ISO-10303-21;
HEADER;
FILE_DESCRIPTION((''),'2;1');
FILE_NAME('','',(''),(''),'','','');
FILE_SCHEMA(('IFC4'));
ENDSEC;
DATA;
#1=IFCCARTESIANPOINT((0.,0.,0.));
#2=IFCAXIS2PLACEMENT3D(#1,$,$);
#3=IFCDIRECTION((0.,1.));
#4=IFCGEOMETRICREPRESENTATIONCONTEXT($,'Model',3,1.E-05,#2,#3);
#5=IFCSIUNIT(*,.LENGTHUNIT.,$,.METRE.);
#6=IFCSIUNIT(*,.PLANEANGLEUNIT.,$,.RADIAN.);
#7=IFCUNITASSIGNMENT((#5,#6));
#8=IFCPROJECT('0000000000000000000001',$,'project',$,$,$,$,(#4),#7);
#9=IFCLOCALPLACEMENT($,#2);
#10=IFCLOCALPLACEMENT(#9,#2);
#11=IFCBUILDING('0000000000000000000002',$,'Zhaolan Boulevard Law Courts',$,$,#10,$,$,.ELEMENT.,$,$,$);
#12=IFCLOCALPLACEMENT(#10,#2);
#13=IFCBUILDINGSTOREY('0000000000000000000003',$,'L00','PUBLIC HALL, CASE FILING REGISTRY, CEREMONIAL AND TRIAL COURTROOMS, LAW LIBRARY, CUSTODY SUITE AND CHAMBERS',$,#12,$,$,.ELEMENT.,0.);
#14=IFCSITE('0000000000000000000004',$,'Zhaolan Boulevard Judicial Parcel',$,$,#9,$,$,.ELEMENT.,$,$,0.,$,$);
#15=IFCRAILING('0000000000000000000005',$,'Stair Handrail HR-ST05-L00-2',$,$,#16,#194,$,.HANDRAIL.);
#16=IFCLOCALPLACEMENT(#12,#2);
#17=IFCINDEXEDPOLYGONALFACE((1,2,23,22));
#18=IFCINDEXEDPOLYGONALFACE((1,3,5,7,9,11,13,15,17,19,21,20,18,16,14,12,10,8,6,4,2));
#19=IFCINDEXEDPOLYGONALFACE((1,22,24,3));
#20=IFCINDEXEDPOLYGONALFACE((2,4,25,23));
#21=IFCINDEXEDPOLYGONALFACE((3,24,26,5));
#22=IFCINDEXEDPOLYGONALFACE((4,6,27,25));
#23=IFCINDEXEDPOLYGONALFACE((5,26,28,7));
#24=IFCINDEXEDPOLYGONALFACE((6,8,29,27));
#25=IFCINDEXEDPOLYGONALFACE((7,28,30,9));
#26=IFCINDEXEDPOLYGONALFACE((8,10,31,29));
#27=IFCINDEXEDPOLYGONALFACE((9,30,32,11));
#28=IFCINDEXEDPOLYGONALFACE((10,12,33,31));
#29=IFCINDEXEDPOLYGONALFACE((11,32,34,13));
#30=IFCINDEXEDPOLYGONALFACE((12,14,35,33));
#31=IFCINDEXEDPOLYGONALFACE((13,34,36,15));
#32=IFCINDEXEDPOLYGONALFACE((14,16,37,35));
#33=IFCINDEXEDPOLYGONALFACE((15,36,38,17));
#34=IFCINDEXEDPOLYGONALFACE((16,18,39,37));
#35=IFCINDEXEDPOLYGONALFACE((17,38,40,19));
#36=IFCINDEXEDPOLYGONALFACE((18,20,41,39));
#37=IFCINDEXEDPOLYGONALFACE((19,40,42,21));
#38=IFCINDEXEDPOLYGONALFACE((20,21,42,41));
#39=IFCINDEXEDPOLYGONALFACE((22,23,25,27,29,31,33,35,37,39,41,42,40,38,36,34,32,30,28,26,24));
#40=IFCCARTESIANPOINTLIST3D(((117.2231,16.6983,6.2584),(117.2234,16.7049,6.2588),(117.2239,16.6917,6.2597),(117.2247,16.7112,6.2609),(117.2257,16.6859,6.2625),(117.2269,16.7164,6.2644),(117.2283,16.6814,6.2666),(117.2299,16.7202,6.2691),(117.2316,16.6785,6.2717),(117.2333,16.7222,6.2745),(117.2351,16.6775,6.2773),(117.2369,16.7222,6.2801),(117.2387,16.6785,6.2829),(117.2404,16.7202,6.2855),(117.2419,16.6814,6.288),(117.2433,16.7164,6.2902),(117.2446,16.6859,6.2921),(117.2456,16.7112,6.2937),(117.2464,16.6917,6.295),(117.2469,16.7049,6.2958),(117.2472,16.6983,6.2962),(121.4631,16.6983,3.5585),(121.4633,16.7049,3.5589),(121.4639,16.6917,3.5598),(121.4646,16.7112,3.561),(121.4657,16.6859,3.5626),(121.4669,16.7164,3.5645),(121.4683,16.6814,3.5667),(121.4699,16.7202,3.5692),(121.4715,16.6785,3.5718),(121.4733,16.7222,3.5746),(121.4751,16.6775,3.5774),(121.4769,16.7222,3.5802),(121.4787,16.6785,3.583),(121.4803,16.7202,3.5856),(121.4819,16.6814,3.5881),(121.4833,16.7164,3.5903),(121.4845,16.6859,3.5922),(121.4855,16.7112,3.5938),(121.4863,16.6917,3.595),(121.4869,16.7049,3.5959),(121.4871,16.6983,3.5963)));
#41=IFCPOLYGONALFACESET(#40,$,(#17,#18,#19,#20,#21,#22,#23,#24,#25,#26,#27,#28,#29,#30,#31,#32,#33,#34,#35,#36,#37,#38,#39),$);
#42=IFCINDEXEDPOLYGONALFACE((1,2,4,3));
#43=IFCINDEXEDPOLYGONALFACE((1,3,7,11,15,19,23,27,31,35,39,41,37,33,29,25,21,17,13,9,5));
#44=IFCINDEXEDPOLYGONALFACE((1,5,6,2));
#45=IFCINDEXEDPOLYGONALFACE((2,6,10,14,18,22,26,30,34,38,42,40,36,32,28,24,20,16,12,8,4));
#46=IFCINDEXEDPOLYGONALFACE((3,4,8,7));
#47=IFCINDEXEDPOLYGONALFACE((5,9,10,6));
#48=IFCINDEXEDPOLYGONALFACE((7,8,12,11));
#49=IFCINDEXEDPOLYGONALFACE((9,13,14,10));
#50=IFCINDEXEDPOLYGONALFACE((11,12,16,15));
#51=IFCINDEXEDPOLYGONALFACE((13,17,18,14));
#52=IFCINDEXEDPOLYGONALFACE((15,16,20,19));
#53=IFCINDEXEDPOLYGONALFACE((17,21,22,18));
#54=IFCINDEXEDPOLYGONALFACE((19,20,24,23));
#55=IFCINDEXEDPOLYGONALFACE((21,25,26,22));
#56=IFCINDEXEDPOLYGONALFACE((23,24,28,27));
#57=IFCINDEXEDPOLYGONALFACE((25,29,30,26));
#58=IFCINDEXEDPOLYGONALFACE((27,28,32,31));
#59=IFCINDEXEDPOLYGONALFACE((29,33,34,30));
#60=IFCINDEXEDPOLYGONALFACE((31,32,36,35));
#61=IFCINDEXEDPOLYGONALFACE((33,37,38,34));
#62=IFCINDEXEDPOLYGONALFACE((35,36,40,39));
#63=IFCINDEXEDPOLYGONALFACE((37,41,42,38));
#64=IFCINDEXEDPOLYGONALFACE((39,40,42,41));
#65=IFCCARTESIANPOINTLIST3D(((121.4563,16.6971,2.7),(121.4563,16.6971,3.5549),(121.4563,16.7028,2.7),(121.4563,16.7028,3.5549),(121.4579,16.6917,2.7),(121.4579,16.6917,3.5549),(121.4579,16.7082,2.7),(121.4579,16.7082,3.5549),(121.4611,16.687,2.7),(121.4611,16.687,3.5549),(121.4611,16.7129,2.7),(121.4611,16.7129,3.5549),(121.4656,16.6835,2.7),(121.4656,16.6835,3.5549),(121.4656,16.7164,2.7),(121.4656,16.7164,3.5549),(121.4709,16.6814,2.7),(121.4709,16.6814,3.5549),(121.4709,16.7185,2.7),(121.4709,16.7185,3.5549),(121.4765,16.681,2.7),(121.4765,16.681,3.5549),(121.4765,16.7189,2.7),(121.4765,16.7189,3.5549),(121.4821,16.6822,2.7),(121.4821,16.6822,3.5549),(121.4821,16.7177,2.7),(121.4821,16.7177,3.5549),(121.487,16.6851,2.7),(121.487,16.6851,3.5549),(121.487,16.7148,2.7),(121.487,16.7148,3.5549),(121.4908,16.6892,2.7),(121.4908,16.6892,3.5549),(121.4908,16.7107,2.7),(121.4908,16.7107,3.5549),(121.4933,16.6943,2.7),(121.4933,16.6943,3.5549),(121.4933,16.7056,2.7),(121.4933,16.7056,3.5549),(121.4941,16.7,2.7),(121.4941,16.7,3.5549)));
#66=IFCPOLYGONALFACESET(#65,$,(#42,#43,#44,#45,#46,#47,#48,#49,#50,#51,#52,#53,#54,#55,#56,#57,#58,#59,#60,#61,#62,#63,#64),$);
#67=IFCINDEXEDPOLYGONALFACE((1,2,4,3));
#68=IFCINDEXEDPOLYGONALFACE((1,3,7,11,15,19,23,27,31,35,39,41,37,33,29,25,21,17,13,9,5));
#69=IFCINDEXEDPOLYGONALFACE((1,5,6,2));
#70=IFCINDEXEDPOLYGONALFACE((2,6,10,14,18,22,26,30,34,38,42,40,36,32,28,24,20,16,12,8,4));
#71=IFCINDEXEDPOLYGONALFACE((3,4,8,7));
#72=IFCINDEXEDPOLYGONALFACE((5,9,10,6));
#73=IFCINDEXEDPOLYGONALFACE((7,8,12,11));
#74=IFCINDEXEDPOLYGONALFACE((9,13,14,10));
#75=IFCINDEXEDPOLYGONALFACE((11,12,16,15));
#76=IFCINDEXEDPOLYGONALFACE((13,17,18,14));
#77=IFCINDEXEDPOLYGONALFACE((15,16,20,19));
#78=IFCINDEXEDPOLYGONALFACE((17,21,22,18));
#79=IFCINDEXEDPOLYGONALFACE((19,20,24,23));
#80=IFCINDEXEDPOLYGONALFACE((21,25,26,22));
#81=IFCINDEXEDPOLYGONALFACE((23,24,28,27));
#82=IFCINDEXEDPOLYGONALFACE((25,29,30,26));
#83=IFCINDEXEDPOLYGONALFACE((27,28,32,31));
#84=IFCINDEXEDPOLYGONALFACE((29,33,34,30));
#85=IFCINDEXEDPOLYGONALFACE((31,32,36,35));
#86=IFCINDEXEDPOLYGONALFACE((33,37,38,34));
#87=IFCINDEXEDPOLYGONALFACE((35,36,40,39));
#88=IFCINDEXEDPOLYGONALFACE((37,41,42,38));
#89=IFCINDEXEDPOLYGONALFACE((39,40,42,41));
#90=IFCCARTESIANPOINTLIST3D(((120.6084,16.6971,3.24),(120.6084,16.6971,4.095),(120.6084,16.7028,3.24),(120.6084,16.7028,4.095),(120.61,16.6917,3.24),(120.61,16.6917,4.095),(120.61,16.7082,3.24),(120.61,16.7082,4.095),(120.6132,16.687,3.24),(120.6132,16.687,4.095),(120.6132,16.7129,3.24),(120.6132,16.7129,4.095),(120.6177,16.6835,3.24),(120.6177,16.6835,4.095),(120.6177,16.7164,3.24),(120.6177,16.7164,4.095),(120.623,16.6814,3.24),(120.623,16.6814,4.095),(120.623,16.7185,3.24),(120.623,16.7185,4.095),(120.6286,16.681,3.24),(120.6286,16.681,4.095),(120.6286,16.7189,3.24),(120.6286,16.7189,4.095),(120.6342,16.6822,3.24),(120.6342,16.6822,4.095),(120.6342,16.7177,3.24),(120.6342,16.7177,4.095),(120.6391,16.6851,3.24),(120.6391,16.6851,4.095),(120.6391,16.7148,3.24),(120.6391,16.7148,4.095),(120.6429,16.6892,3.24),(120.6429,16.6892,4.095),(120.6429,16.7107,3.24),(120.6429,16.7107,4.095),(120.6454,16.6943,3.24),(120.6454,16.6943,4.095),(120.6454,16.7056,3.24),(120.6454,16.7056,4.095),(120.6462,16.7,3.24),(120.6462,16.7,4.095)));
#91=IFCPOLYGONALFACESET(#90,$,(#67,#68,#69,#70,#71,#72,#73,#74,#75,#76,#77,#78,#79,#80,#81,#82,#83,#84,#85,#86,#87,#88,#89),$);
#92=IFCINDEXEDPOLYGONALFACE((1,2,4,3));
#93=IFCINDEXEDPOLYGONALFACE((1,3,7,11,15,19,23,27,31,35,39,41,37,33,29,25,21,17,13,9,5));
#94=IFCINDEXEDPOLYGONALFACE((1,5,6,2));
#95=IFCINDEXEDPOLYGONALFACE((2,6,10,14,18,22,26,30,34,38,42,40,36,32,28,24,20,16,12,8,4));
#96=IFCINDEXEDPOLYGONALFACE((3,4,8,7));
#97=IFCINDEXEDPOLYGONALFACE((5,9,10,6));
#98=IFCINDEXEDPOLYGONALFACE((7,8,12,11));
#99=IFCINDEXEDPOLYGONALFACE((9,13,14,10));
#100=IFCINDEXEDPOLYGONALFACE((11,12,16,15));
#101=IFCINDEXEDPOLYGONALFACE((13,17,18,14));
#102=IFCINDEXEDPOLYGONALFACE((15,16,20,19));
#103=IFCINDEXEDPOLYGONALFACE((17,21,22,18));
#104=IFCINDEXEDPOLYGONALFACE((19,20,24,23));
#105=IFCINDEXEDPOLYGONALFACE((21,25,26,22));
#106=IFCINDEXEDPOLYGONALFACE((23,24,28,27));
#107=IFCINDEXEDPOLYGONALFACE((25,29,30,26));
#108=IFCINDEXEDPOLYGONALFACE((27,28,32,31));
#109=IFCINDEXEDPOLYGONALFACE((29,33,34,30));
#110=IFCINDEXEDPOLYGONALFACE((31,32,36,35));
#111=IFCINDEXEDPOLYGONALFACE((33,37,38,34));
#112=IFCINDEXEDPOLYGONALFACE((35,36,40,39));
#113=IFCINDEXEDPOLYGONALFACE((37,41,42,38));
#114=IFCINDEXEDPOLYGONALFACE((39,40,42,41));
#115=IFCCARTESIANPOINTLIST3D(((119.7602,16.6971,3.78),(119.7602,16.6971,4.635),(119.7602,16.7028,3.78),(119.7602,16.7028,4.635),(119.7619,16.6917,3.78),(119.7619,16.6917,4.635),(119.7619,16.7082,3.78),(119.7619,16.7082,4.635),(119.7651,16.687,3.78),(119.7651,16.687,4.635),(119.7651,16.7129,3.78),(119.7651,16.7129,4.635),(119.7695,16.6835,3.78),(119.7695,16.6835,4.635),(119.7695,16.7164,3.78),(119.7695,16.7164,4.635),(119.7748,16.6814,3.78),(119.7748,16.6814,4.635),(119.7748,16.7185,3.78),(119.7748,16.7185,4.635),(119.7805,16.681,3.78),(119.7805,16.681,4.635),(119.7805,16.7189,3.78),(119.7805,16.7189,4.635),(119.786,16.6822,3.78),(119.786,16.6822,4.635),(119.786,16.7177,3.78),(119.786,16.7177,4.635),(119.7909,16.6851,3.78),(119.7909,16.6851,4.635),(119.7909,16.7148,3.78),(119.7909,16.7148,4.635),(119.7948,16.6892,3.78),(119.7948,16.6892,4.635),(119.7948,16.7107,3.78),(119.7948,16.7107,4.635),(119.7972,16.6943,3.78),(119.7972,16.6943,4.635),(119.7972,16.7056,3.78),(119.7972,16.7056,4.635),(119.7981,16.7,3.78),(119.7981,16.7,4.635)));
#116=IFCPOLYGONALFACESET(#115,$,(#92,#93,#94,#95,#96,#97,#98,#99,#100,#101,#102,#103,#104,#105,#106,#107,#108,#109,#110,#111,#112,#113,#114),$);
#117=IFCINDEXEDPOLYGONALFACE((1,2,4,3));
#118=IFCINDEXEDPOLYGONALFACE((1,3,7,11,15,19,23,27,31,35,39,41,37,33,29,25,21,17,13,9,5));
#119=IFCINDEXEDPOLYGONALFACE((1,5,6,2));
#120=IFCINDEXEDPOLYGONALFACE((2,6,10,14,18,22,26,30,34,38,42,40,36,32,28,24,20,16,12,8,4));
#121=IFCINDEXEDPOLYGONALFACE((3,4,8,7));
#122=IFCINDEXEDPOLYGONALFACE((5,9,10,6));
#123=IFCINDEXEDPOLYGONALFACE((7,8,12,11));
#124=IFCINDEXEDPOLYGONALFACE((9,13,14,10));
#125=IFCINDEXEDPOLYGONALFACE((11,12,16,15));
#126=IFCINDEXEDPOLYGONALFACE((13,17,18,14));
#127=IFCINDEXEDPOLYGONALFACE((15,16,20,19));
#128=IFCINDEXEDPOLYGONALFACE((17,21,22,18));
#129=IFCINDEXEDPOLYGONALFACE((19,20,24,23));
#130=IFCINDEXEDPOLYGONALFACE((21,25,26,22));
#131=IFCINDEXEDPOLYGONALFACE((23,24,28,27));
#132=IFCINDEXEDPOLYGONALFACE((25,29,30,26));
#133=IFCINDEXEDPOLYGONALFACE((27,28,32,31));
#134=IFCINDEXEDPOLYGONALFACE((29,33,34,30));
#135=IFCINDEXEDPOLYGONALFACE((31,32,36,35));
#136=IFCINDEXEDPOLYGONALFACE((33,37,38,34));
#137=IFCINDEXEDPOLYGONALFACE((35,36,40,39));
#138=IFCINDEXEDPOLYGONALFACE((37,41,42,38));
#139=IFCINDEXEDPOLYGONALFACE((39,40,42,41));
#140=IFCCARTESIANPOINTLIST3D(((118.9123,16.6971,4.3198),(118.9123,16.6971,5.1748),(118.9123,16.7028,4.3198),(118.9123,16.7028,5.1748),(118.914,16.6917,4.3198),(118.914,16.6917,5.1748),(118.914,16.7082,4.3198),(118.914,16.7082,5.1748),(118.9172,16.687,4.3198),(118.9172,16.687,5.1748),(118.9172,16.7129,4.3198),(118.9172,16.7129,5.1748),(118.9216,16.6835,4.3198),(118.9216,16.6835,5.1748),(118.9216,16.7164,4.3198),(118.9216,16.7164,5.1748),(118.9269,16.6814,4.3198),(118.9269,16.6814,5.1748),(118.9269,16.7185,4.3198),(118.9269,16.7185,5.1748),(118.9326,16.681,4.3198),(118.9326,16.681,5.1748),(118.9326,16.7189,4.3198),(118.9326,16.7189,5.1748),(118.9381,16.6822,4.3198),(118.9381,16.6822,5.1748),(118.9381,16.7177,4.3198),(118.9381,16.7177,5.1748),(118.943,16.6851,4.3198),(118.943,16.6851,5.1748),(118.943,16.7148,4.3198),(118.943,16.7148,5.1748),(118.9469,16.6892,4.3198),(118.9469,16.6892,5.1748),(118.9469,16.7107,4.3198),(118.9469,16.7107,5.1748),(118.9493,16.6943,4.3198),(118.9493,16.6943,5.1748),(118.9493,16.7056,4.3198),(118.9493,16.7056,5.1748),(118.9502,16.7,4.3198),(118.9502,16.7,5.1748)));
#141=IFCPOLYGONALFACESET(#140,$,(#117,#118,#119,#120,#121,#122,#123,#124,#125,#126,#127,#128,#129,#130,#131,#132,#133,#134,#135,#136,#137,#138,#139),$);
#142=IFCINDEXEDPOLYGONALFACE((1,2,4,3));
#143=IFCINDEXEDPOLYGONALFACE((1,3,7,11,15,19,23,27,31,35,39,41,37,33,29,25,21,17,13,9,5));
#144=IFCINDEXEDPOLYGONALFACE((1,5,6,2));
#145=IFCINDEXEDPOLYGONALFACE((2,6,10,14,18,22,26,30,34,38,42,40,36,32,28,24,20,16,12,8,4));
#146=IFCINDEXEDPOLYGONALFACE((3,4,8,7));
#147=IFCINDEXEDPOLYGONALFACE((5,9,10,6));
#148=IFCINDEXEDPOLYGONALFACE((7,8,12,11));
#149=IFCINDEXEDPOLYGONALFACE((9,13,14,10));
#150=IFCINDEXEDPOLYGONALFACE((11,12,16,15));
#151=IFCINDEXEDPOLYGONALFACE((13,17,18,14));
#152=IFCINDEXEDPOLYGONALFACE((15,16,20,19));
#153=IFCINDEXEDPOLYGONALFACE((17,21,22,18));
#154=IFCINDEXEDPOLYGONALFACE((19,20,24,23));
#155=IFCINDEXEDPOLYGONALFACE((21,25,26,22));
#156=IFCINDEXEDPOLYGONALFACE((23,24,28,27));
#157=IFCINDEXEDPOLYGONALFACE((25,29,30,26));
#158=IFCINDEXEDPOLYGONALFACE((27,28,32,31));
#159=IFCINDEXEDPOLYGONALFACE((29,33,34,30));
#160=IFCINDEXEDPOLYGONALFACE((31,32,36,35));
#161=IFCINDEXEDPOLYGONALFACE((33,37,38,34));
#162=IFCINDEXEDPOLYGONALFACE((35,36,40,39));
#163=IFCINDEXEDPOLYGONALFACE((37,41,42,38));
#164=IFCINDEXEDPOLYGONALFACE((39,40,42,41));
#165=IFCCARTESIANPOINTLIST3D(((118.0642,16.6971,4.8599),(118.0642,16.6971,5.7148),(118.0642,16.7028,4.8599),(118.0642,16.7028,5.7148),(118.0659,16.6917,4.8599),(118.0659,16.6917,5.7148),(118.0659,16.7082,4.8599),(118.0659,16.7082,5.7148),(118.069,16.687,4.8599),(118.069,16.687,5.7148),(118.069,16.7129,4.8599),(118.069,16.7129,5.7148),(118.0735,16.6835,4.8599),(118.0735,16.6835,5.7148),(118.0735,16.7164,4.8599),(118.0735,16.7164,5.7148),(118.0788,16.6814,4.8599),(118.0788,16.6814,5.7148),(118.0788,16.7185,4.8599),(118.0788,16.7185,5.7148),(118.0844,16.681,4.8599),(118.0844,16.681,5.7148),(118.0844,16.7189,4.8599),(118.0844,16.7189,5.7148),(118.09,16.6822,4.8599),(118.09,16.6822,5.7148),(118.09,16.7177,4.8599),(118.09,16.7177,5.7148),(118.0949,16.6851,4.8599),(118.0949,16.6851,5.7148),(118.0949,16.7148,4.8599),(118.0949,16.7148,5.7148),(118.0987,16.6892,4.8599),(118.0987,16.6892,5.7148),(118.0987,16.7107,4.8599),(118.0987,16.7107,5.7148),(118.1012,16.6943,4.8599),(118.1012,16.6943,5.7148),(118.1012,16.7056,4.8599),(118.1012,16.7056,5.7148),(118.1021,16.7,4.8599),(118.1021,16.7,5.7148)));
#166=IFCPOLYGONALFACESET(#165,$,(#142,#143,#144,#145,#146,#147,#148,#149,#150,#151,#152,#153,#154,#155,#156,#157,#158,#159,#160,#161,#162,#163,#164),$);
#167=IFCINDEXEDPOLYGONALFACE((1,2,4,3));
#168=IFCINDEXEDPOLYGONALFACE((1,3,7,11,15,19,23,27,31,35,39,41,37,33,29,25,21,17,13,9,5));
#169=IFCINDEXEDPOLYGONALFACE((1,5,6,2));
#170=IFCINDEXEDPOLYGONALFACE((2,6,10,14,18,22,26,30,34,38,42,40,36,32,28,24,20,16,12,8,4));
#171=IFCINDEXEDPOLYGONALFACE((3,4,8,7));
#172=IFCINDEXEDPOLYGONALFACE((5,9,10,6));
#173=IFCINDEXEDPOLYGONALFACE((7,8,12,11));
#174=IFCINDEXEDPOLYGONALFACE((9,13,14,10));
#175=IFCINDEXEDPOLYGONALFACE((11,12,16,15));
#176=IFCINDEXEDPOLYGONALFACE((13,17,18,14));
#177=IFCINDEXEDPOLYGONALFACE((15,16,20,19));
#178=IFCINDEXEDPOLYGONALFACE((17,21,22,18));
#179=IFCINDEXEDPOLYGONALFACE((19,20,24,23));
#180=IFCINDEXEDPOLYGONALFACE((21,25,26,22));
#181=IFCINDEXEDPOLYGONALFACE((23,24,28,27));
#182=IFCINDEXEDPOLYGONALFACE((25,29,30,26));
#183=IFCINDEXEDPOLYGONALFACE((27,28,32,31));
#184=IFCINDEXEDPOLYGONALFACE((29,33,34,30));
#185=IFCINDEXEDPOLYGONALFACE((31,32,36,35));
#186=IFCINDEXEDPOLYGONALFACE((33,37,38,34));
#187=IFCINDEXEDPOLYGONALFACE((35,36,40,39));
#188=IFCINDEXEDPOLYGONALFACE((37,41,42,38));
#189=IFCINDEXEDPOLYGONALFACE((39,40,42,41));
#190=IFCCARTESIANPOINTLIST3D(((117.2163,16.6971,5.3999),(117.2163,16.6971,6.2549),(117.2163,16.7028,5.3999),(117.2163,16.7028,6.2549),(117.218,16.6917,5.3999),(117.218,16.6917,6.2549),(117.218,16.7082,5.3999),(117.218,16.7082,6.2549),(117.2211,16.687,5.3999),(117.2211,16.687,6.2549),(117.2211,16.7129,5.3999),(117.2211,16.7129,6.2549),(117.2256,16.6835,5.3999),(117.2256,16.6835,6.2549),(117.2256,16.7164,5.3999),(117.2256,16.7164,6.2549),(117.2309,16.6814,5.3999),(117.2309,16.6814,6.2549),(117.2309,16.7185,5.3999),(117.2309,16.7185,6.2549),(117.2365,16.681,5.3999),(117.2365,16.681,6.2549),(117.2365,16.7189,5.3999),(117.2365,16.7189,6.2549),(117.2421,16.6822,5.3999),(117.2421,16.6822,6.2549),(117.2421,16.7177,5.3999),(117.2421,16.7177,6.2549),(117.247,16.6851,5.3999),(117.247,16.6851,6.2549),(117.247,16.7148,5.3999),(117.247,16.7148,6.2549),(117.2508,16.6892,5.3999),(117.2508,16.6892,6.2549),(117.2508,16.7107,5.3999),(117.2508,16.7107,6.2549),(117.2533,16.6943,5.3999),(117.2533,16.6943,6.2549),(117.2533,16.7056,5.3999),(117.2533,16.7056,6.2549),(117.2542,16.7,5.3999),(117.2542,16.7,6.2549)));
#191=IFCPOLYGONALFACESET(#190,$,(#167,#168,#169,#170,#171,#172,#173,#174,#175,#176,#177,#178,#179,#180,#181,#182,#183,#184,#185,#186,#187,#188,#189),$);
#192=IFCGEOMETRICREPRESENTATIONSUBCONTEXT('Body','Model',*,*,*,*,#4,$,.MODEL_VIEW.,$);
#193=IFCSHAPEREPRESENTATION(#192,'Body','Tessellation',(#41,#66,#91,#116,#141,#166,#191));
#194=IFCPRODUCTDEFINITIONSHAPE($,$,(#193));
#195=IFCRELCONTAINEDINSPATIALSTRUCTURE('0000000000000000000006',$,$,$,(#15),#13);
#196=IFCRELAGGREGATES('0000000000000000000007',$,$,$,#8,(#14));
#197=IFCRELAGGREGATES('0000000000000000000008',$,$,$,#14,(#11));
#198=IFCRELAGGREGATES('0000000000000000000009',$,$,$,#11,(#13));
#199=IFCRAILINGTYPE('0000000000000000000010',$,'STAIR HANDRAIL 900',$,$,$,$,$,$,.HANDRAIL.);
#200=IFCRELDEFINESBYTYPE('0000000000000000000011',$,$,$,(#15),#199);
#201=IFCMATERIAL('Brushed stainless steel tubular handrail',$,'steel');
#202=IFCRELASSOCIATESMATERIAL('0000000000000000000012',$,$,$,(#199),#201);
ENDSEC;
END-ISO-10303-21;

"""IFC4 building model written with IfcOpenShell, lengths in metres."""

from ifc_helpers import new_model, si_unit, direction, frame, origin, origin_2d, place, context, subcontext, project, spatial, circle, extrude, material, type_object, element, save


model = new_model("IFC4")

# Units and contexts
model_context = context("Model", 3, precision=1e-05, world=origin(), true_north=direction((0.0, 1.0)))
body_context = subcontext(model_context, "Body", "Model", "MODEL_VIEW")
ifc_project = project(units=[si_unit("LENGTHUNIT", "METRE"), si_unit("PLANEANGLEUNIT", "RADIAN")], contexts=[model_context])

# Site, building, storey
site_placement = place(None, origin())
site = spatial("IfcSite", under=ifc_project, at=site_placement, Name="Zhaolan Boulevard Judicial Parcel", CompositionType="ELEMENT", RefElevation=0.0)
building_placement = place(site_placement, origin())
building = spatial("IfcBuilding", under=site, at=building_placement, Name="Zhaolan Boulevard Law Courts", CompositionType="ELEMENT")
storey_placement = place(building_placement, origin())
storey = spatial("IfcBuildingStorey", under=building, at=storey_placement, Name="L00", Description="PUBLIC HALL, CASE FILING REGISTRY, CEREMONIAL AND TRIAL COURTROOMS, LAW LIBRARY, CUSTODY SUITE AND CHAMBERS", CompositionType="ELEMENT", Elevation=0.0)

# Railing
ifc_material_1 = material(Name="Brushed stainless steel tubular handrail", Category="steel")
railing_type_1 = type_object("IfcRailingType", Name="STAIR HANDRAIL 900", PredefinedType="HANDRAIL", material=ifc_material_1)
railing_1_placement = place(storey_placement, frame((121.4751, 16.7, 2.7)))
element("IfcRailing", 1, at=railing_1_placement, inside=storey, type_object=railing_type_1, Name="Stair Handrail HR-ST05-L00-2", PredefinedType="HANDRAIL", context=body_context, shape_type="SweptSolid", body=[
    extrude(circle(Radius=0.0225, at=origin_2d()), frame((0.0, 0.0, 0.8774), z_axis=(-0.843501, 0.0, 0.537127), x_axis=(0.0, -1.0, 0.0)), (0.0, 0.0, 1.0), 5.0266),
    extrude(circle(Radius=0.019, at=origin_2d()), origin(), (0.0, 0.0, 1.0), 0.855),
    extrude(circle(Radius=0.019, at=origin_2d()), frame((-0.8479, 0.0, 0.54)), (0.0, 0.0, 1.0), 0.855),
    extrude(circle(Radius=0.019, at=origin_2d()), frame((-1.696, 0.0, 1.0801)), (0.0, 0.0, 1.0), 0.855),
    extrude(circle(Radius=0.019, at=origin_2d()), frame((-2.5439, 0.0, 1.6199)), (0.0, 0.0, 1.0), 0.855),
    extrude(circle(Radius=0.019, at=origin_2d()), frame((-3.3921, 0.0, 2.1599)), (0.0, 0.0, 1.0), 0.855),
    extrude(circle(Radius=0.019, at=origin_2d()), frame((-4.24, 0.0, 2.7)), (0.0, 0.0, 1.0), 0.855),
])

save(model, "model.ifc")
